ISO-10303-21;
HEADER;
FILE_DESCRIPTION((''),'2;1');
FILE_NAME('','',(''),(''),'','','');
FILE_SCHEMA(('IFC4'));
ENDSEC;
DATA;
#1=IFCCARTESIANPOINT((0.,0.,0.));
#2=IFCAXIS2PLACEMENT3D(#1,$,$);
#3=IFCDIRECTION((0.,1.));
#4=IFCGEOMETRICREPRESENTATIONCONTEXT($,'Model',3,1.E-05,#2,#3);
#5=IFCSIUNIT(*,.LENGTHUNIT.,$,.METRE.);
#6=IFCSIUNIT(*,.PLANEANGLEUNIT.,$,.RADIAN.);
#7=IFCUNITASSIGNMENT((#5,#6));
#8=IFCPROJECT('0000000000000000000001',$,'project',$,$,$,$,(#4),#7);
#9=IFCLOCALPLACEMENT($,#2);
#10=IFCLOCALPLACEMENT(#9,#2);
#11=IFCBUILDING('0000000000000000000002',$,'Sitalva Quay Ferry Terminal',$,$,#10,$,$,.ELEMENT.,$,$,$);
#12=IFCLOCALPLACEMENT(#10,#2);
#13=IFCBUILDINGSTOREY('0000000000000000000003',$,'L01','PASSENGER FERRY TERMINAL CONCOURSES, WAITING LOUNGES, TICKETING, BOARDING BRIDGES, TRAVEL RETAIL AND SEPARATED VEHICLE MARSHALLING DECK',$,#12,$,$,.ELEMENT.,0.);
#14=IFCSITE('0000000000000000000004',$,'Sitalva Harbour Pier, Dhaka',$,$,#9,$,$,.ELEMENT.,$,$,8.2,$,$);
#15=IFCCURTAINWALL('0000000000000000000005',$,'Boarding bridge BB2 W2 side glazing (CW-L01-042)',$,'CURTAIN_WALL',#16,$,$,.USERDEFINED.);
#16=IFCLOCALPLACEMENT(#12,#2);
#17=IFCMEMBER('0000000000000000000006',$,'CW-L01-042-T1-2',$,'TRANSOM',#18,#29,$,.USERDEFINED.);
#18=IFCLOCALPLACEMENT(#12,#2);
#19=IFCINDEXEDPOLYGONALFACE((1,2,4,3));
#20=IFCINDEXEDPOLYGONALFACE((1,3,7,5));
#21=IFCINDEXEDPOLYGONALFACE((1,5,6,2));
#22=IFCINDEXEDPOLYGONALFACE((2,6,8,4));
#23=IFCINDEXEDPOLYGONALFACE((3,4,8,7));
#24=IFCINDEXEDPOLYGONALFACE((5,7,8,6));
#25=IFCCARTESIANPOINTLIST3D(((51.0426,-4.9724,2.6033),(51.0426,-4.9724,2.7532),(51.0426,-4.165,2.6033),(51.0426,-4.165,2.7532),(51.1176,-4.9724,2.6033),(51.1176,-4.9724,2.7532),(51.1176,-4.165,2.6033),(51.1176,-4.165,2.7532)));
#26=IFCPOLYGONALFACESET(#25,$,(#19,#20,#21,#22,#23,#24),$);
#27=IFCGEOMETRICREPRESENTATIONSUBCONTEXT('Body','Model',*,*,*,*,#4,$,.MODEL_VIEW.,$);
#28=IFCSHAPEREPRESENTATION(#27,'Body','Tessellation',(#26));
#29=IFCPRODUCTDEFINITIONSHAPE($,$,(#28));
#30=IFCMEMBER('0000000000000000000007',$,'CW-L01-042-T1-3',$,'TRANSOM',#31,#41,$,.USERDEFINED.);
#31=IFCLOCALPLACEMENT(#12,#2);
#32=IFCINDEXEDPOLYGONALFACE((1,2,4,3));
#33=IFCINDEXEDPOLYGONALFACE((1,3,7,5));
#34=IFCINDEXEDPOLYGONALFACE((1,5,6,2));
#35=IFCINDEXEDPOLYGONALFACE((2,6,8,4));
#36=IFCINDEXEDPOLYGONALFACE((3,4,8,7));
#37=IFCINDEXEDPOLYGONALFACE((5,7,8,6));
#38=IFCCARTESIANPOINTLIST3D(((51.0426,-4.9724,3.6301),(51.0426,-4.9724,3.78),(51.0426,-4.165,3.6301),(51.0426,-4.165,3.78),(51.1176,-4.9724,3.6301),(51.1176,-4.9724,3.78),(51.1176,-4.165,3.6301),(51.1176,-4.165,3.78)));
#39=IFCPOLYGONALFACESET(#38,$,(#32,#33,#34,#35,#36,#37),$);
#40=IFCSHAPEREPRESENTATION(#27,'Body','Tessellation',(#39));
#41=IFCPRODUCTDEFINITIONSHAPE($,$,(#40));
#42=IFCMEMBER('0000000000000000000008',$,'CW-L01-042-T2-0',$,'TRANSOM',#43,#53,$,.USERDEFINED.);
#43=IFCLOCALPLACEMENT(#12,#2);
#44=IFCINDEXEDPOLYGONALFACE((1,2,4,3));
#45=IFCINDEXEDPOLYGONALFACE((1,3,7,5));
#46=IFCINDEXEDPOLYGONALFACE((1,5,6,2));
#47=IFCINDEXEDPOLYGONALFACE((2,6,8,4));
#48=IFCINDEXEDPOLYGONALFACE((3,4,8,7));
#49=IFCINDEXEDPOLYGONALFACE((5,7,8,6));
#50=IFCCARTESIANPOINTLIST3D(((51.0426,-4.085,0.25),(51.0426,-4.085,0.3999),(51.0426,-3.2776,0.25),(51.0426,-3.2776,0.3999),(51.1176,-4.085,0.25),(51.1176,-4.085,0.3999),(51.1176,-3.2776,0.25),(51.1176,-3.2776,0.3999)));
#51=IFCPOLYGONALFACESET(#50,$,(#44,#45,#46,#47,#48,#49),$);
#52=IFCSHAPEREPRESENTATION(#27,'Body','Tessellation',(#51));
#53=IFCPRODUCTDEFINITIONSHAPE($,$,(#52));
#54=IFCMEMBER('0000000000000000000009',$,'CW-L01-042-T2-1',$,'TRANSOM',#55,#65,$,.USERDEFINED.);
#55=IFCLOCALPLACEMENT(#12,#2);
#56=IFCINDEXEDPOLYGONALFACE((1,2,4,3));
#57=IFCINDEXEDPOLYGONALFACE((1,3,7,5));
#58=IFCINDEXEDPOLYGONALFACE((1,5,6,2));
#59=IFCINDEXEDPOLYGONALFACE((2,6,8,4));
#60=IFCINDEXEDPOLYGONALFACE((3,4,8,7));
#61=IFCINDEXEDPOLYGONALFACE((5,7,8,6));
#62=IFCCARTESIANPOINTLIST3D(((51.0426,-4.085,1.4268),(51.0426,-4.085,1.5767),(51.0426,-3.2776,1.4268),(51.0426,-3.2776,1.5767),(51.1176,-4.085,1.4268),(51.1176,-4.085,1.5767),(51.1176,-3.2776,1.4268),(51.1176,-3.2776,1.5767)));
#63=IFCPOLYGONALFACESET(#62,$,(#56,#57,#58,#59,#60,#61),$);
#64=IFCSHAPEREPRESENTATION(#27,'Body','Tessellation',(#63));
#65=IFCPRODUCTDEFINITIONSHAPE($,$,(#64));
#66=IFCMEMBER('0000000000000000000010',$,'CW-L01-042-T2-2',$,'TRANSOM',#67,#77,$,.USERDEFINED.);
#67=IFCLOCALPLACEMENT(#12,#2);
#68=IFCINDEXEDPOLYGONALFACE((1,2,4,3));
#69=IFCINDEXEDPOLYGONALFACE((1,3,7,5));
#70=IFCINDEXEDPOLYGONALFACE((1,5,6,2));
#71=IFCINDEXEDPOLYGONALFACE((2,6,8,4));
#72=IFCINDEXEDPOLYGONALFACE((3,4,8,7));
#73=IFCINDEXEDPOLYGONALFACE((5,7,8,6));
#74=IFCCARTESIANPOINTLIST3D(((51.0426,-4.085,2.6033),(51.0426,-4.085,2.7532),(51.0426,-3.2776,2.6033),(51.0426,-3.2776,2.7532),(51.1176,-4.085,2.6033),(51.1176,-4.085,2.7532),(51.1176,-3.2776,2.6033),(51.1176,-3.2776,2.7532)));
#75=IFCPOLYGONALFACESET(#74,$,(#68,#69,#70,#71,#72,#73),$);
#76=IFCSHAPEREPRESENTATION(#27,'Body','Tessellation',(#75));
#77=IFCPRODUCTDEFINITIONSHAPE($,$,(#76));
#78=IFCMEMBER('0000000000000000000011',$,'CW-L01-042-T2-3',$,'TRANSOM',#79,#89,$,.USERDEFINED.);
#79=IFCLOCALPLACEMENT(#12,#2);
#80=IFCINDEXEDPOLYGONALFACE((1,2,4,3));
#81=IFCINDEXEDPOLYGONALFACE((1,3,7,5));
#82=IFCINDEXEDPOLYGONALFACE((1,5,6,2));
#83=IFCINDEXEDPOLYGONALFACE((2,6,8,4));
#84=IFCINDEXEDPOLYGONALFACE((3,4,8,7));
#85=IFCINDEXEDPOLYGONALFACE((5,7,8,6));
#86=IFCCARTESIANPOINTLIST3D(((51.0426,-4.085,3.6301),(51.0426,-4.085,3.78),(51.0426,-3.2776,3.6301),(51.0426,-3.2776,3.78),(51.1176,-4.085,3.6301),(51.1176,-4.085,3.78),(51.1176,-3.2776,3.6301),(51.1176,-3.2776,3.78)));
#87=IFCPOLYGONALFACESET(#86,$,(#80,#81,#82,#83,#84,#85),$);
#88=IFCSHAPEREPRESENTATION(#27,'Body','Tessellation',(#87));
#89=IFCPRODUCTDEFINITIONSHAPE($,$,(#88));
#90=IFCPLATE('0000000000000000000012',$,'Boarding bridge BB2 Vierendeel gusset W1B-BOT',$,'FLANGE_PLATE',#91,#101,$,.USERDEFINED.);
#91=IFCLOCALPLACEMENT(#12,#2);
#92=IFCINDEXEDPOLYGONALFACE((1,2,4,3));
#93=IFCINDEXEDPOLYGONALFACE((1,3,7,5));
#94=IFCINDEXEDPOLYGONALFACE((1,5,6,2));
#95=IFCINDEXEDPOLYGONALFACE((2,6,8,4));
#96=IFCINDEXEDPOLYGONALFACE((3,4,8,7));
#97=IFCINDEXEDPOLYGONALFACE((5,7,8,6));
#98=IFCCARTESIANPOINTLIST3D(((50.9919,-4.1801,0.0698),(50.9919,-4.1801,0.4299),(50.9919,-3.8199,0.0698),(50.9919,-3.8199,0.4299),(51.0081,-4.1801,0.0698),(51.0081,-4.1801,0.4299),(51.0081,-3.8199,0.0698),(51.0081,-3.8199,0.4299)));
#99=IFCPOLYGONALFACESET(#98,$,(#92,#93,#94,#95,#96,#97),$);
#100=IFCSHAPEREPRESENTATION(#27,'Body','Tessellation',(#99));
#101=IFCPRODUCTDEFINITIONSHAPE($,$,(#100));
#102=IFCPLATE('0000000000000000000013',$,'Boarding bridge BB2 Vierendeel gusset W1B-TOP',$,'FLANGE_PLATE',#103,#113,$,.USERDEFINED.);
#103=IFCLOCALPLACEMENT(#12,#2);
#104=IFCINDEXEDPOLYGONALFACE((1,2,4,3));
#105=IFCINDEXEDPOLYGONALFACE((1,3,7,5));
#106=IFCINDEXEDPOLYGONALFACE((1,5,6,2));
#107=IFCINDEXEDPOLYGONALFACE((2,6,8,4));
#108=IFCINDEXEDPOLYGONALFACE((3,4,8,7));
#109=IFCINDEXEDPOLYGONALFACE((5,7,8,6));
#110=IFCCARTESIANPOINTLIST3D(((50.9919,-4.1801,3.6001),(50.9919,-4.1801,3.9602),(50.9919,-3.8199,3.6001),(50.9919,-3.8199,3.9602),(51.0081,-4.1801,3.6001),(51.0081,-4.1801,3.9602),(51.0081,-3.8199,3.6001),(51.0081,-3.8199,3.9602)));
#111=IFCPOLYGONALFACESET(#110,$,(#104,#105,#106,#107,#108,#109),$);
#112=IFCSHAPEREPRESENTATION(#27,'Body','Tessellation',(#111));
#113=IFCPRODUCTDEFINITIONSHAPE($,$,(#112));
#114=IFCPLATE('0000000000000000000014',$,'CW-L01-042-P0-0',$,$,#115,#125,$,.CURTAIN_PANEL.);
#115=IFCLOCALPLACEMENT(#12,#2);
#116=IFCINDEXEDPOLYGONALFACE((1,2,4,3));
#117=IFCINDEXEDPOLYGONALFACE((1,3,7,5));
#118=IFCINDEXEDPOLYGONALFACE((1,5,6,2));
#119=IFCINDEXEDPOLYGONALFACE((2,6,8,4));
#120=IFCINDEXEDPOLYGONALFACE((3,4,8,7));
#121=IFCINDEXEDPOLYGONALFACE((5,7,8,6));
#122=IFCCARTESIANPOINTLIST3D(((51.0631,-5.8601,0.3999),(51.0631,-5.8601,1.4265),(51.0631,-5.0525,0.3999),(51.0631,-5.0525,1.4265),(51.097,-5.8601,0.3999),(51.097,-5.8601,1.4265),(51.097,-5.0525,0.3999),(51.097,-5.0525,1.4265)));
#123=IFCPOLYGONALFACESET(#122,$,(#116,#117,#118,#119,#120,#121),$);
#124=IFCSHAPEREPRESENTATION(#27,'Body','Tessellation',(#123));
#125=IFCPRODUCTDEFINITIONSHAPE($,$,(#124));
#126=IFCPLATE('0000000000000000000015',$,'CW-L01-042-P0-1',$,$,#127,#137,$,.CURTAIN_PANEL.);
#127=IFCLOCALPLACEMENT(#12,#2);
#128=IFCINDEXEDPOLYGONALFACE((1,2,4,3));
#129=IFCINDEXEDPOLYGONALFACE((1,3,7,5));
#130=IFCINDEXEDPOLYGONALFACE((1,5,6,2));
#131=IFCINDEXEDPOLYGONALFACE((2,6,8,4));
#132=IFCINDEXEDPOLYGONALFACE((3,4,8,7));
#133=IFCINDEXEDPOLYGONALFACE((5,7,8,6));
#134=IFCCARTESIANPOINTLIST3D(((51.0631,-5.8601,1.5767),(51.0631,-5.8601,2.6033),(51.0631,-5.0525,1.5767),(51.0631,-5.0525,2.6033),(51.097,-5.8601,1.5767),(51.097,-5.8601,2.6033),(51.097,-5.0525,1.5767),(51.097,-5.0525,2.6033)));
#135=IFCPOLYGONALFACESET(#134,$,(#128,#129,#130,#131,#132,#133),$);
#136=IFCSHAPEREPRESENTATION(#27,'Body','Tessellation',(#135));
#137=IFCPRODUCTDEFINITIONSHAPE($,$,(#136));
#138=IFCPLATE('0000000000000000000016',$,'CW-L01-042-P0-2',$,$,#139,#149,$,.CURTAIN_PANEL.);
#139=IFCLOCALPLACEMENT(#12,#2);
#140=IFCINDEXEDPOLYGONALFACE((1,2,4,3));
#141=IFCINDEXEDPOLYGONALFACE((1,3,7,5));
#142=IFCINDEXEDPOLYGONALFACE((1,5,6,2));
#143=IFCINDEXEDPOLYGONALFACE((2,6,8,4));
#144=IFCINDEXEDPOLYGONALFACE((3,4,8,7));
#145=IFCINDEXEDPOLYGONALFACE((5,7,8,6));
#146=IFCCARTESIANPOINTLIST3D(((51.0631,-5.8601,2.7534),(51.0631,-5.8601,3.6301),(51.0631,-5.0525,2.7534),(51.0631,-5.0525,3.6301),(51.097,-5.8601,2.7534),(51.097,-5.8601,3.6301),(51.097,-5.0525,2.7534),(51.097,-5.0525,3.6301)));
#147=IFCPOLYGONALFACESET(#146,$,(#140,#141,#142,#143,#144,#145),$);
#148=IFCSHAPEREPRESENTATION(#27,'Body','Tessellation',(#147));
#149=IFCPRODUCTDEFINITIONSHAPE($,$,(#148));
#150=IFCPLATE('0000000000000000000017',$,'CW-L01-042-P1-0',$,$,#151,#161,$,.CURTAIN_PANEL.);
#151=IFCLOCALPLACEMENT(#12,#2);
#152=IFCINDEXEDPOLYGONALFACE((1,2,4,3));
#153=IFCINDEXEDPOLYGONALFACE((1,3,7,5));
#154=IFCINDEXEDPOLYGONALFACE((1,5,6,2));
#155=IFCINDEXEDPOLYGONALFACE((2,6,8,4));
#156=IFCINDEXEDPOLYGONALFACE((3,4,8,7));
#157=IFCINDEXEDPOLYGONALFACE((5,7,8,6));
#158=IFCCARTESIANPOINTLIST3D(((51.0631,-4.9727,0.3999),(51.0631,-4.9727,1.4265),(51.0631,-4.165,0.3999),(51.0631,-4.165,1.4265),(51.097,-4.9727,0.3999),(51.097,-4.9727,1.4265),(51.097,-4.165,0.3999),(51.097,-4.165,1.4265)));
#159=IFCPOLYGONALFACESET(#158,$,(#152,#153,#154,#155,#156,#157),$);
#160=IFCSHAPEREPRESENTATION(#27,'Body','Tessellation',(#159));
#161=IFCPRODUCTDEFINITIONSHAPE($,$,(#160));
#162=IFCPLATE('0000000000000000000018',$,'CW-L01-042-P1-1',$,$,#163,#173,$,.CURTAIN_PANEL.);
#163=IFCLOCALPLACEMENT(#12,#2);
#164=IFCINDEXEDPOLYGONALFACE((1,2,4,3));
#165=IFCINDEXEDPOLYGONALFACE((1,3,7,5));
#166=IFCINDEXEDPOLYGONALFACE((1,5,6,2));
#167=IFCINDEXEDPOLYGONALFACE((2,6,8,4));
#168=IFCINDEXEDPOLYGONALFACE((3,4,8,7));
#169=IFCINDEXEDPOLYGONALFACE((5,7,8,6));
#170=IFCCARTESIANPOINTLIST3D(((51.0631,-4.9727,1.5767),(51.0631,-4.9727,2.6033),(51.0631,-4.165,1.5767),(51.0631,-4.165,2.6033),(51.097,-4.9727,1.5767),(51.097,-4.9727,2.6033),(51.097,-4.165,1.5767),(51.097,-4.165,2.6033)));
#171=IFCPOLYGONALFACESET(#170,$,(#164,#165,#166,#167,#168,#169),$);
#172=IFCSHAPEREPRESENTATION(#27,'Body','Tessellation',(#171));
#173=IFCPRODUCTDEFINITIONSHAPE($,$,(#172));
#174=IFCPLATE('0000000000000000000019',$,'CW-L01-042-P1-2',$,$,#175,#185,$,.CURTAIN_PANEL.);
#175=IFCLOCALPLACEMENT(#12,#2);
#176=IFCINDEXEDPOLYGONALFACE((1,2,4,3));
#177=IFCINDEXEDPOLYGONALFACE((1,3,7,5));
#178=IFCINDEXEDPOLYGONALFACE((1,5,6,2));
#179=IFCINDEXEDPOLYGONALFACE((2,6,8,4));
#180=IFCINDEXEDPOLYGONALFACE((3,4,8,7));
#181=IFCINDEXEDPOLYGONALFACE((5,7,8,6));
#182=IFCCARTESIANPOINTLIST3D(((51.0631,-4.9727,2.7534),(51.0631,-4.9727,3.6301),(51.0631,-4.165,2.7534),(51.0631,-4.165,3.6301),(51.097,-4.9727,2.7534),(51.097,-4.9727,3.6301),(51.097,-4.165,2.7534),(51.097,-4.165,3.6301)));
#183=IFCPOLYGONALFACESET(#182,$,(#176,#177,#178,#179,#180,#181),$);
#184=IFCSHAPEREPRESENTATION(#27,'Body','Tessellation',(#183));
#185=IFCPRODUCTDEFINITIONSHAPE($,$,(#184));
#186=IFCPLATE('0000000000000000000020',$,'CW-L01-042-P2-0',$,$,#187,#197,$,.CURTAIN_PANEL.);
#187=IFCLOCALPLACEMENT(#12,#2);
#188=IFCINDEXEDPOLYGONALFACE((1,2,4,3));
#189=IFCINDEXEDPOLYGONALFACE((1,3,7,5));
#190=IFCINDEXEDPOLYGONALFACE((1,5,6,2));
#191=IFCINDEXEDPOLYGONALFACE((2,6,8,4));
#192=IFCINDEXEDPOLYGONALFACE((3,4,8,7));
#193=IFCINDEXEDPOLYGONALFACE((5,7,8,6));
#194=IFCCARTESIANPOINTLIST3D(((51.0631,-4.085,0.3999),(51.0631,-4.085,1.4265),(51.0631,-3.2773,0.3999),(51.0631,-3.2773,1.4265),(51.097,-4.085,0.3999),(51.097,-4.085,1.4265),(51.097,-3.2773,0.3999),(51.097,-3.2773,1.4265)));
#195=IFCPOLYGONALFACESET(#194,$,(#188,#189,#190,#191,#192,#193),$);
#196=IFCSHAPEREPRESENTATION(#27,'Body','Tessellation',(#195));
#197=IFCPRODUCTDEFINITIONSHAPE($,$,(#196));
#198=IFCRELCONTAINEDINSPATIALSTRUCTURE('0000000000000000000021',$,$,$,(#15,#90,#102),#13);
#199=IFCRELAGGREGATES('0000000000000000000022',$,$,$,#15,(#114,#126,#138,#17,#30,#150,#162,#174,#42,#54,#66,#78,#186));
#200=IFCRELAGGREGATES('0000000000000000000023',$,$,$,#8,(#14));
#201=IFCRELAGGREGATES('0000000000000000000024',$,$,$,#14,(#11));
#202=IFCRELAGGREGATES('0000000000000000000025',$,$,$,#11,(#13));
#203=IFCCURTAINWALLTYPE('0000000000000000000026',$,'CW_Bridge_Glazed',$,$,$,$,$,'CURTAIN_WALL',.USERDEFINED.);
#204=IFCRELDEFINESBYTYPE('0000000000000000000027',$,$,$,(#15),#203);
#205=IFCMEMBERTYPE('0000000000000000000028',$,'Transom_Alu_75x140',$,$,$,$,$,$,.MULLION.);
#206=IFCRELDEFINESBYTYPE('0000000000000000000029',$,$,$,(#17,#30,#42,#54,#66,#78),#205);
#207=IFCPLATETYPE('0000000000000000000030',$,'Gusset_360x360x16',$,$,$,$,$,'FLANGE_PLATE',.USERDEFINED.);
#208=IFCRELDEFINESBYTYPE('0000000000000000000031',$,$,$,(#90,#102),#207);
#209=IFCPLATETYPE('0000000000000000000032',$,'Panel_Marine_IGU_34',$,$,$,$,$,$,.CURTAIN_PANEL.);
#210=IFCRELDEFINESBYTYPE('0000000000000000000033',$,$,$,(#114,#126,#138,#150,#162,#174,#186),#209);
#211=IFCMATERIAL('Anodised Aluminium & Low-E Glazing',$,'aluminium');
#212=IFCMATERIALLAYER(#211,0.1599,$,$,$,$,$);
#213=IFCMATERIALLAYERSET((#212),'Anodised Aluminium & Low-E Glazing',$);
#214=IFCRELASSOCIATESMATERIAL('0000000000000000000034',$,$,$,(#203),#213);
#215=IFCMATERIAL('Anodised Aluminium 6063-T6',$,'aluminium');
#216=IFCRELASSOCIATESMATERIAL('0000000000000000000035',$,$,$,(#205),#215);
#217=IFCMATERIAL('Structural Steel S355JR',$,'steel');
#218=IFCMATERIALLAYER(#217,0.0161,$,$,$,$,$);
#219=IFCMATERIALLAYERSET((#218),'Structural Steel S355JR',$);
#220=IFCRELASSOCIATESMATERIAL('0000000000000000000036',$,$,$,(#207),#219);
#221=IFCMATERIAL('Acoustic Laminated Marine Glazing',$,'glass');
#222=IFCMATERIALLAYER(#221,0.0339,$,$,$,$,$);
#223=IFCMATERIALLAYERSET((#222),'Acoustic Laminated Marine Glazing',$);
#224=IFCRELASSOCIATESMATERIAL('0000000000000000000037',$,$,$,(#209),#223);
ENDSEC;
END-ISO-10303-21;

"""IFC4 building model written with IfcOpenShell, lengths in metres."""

from ifc_helpers import new_model, si_unit, direction, frame, origin, origin_2d, place, context, subcontext, project, spatial, rectangle, extrude, material, layer, layer_set, material_profile, profile_set, type_object, element, aggregate, save


model = new_model("IFC4")

# Units and contexts
model_context = context("Model", 3, precision=1e-05, world=origin(), true_north=direction((0.0, 1.0)))
body_context = subcontext(model_context, "Body", "Model", "MODEL_VIEW")
ifc_project = project(units=[si_unit("LENGTHUNIT", "METRE"), si_unit("PLANEANGLEUNIT", "RADIAN")], contexts=[model_context])

# Site, building, storey
site_placement = place(None, origin())
site = spatial("IfcSite", under=ifc_project, at=site_placement, Name="Sitalva Harbour Pier, Dhaka", CompositionType="ELEMENT", RefElevation=8.2)
building_placement = place(site_placement, origin())
building = spatial("IfcBuilding", under=site, at=building_placement, Name="Sitalva Quay Ferry Terminal", CompositionType="ELEMENT")
storey_placement = place(building_placement, origin())
storey = spatial("IfcBuildingStorey", under=building, at=storey_placement, Name="L01", Description="PASSENGER FERRY TERMINAL CONCOURSES, WAITING LOUNGES, TICKETING, BOARDING BRIDGES, TRAVEL RETAIL AND SEPARATED VEHICLE MARSHALLING DECK", CompositionType="ELEMENT", Elevation=0.0)

# Curtain wall
ifc_material_1 = material(Name="Anodised Aluminium & Low-E Glazing", Category="aluminium")
ifc_layer_1 = layer(ifc_material_1, 0.1599)
ifc_layer_set_1 = layer_set([ifc_layer_1], Name="Anodised Aluminium & Low-E Glazing")
curtain_wall_type = type_object("IfcCurtainWallType", Name="CW_Bridge_Glazed", ElementType="CURTAIN_WALL", PredefinedType="USERDEFINED", material=ifc_layer_set_1)
curtain_wall_placement = place(storey_placement, origin())
curtain_wall = element("IfcCurtainWall", 1, at=curtain_wall_placement, inside=storey, type_object=curtain_wall_type, Name="Boarding bridge BB2 W2 side glazing (CW-L01-042)", ObjectType="CURTAIN_WALL", PredefinedType="USERDEFINED")

# Members
ifc_material_2 = material(Name="Anodised Aluminium 6063-T6", Category="aluminium")
ifc_material_profile_1 = material_profile(ifc_material_2, rectangle(XDim=0.075, YDim=0.1499, at=origin_2d()), Name="ALU75x150")
ifc_profile_set_1 = profile_set([ifc_material_profile_1], Name="Anodised Aluminium 6063-T6")
member_type_1 = type_object("IfcMemberType", Name="Transom_Alu_75x140", PredefinedType="MULLION", material=ifc_profile_set_1)
member_1_placement = place(storey_placement, frame((51.0801, -4.9724, 2.6782), z_axis=(0.0, 1.0, 0.0), x_axis=(-1.0, 0.0, 0.0)))
member_1 = element("IfcMember", 2, at=member_1_placement, type_object=member_type_1, Name="CW-L01-042-T1-2", ObjectType="TRANSOM", PredefinedType="USERDEFINED", context=body_context, shape_type="SweptSolid", body=[
    extrude(rectangle(XDim=0.075, YDim=0.1499, at=origin_2d()), origin(), (0.0, 0.0, 1.0), 0.8074),
])
member_2_placement = place(storey_placement, frame((51.0801, -4.9724, 3.7051), z_axis=(0.0, 1.0, 0.0), x_axis=(-1.0, 0.0, 0.0)))
member_2 = element("IfcMember", 3, at=member_2_placement, type_object=member_type_1, Name="CW-L01-042-T1-3", ObjectType="TRANSOM", PredefinedType="USERDEFINED", context=body_context, shape_type="SweptSolid", body=[
    extrude(rectangle(XDim=0.075, YDim=0.1499, at=origin_2d()), origin(), (0.0, 0.0, 1.0), 0.8074),
])
member_3_placement = place(storey_placement, frame((51.0801, -4.085, 0.325), z_axis=(0.0, 1.0, 0.0), x_axis=(-1.0, 0.0, 0.0)))
member_3 = element("IfcMember", 4, at=member_3_placement, type_object=member_type_1, Name="CW-L01-042-T2-0", ObjectType="TRANSOM", PredefinedType="USERDEFINED", context=body_context, shape_type="SweptSolid", body=[
    extrude(rectangle(XDim=0.075, YDim=0.1499, at=origin_2d()), origin(), (0.0, 0.0, 1.0), 0.8074),
])
member_4_placement = place(storey_placement, frame((51.0801, -4.085, 1.5017), z_axis=(0.0, 1.0, 0.0), x_axis=(-1.0, 0.0, 0.0)))
member_4 = element("IfcMember", 5, at=member_4_placement, type_object=member_type_1, Name="CW-L01-042-T2-1", ObjectType="TRANSOM", PredefinedType="USERDEFINED", context=body_context, shape_type="SweptSolid", body=[
    extrude(rectangle(XDim=0.075, YDim=0.1499, at=origin_2d()), origin(), (0.0, 0.0, 1.0), 0.8074),
])
member_5_placement = place(storey_placement, frame((51.0801, -4.085, 2.6782), z_axis=(0.0, 1.0, 0.0), x_axis=(-1.0, 0.0, 0.0)))
member_5 = element("IfcMember", 6, at=member_5_placement, type_object=member_type_1, Name="CW-L01-042-T2-2", ObjectType="TRANSOM", PredefinedType="USERDEFINED", context=body_context, shape_type="SweptSolid", body=[
    extrude(rectangle(XDim=0.075, YDim=0.1499, at=origin_2d()), origin(), (0.0, 0.0, 1.0), 0.8074),
])
member_6_placement = place(storey_placement, frame((51.0801, -4.085, 3.7051), z_axis=(0.0, 1.0, 0.0), x_axis=(-1.0, 0.0, 0.0)))
member_6 = element("IfcMember", 7, at=member_6_placement, type_object=member_type_1, Name="CW-L01-042-T2-3", ObjectType="TRANSOM", PredefinedType="USERDEFINED", context=body_context, shape_type="SweptSolid", body=[
    extrude(rectangle(XDim=0.075, YDim=0.1499, at=origin_2d()), origin(), (0.0, 0.0, 1.0), 0.8074),
])

# Plates
ifc_material_3 = material(Name="Structural Steel S355JR", Category="steel")
ifc_layer_2 = layer(ifc_material_3, 0.0161)
ifc_layer_set_2 = layer_set([ifc_layer_2], Name="Structural Steel S355JR")
plate_type_1 = type_object("IfcPlateType", Name="Gusset_360x360x16", ElementType="FLANGE_PLATE", PredefinedType="USERDEFINED", material=ifc_layer_set_2)
for number, where, z_axis, x_axis, name in (
    (8, (51.0, -4.0, 0.0698), (0.0, 0.0, 1.0), (1.0, 0.0, 0.0), "Boarding bridge BB2 Vierendeel gusset W1B-BOT"),
    (9, (51.0, -4.0, 3.6001), (0.0, 0.0, 1.0), (1.0, 0.0, 0.0), "Boarding bridge BB2 Vierendeel gusset W1B-TOP"),
):
    element("IfcPlate", number, at=place(storey_placement, frame(where, z_axis=z_axis, x_axis=x_axis)), inside=storey, type_object=plate_type_1, Name=name, ObjectType="FLANGE_PLATE", PredefinedType="USERDEFINED", context=body_context, shape_type="SweptSolid", body=[
        extrude(rectangle(XDim=0.0161, YDim=0.3601, at=origin_2d()), origin(), (0.0, 0.0, 1.0), 0.3601),
    ])

# Plates
ifc_material_4 = material(Name="Acoustic Laminated Marine Glazing", Category="glass")
ifc_layer_3 = layer(ifc_material_4, 0.0339)
ifc_layer_set_3 = layer_set([ifc_layer_3], Name="Acoustic Laminated Marine Glazing")
plate_type_2 = type_object("IfcPlateType", Name="Panel_Marine_IGU_34", PredefinedType="CURTAIN_PANEL", material=ifc_layer_set_3)
plate_1_placement = place(storey_placement, frame((51.0801, -5.4563, 0.3999), z_axis=(0.0, 0.0, 1.0), x_axis=(0.0, 1.0, 0.0)))
plate_1 = element("IfcPlate", 10, at=plate_1_placement, type_object=plate_type_2, Name="CW-L01-042-P0-0", PredefinedType="CURTAIN_PANEL", context=body_context, shape_type="SweptSolid", body=[
    extrude(rectangle(XDim=0.8076, YDim=0.0339, at=origin_2d()), origin(), (0.0, 0.0, 1.0), 1.0266),
])
plate_2_placement = place(storey_placement, frame((51.0801, -5.4563, 1.5767), z_axis=(0.0, 0.0, 1.0), x_axis=(0.0, 1.0, 0.0)))
plate_2 = element("IfcPlate", 11, at=plate_2_placement, type_object=plate_type_2, Name="CW-L01-042-P0-1", PredefinedType="CURTAIN_PANEL", context=body_context, shape_type="SweptSolid", body=[
    extrude(rectangle(XDim=0.8076, YDim=0.0339, at=origin_2d()), origin(), (0.0, 0.0, 1.0), 1.0266),
])
plate_3_placement = place(storey_placement, frame((51.0801, -5.4563, 2.7534), z_axis=(0.0, 0.0, 1.0), x_axis=(0.0, 1.0, 0.0)))
plate_3 = element("IfcPlate", 12, at=plate_3_placement, type_object=plate_type_2, Name="CW-L01-042-P0-2", PredefinedType="CURTAIN_PANEL", context=body_context, shape_type="SweptSolid", body=[
    extrude(rectangle(XDim=0.8076, YDim=0.0339, at=origin_2d()), origin(), (0.0, 0.0, 1.0), 0.8767),
])
plate_4_placement = place(storey_placement, frame((51.0801, -4.5688, 0.3999), z_axis=(0.0, 0.0, 1.0), x_axis=(0.0, 1.0, 0.0)))
plate_4 = element("IfcPlate", 13, at=plate_4_placement, type_object=plate_type_2, Name="CW-L01-042-P1-0", PredefinedType="CURTAIN_PANEL", context=body_context, shape_type="SweptSolid", body=[
    extrude(rectangle(XDim=0.8076, YDim=0.0339, at=origin_2d()), origin(), (0.0, 0.0, 1.0), 1.0266),
])
plate_5_placement = place(storey_placement, frame((51.0801, -4.5688, 1.5767), z_axis=(0.0, 0.0, 1.0), x_axis=(0.0, 1.0, 0.0)))
plate_5 = element("IfcPlate", 14, at=plate_5_placement, type_object=plate_type_2, Name="CW-L01-042-P1-1", PredefinedType="CURTAIN_PANEL", context=body_context, shape_type="SweptSolid", body=[
    extrude(rectangle(XDim=0.8076, YDim=0.0339, at=origin_2d()), origin(), (0.0, 0.0, 1.0), 1.0266),
])
plate_6_placement = place(storey_placement, frame((51.0801, -4.5688, 2.7534), z_axis=(0.0, 0.0, 1.0), x_axis=(0.0, 1.0, 0.0)))
plate_6 = element("IfcPlate", 15, at=plate_6_placement, type_object=plate_type_2, Name="CW-L01-042-P1-2", PredefinedType="CURTAIN_PANEL", context=body_context, shape_type="SweptSolid", body=[
    extrude(rectangle(XDim=0.8076, YDim=0.0339, at=origin_2d()), origin(), (0.0, 0.0, 1.0), 0.8767),
])
plate_7_placement = place(storey_placement, frame((51.0801, -3.6812, 0.3999), z_axis=(0.0, 0.0, 1.0), x_axis=(0.0, 1.0, 0.0)))
plate_7 = element("IfcPlate", 16, at=plate_7_placement, type_object=plate_type_2, Name="CW-L01-042-P2-0", PredefinedType="CURTAIN_PANEL", context=body_context, shape_type="SweptSolid", body=[
    extrude(rectangle(XDim=0.8076, YDim=0.0339, at=origin_2d()), origin(), (0.0, 0.0, 1.0), 1.0266),
])
aggregate(curtain_wall, [plate_1, plate_2, plate_3, member_1, member_2, plate_4, plate_5, plate_6, member_3, member_4, member_5, member_6, plate_7])

save(model, "model.ifc")
